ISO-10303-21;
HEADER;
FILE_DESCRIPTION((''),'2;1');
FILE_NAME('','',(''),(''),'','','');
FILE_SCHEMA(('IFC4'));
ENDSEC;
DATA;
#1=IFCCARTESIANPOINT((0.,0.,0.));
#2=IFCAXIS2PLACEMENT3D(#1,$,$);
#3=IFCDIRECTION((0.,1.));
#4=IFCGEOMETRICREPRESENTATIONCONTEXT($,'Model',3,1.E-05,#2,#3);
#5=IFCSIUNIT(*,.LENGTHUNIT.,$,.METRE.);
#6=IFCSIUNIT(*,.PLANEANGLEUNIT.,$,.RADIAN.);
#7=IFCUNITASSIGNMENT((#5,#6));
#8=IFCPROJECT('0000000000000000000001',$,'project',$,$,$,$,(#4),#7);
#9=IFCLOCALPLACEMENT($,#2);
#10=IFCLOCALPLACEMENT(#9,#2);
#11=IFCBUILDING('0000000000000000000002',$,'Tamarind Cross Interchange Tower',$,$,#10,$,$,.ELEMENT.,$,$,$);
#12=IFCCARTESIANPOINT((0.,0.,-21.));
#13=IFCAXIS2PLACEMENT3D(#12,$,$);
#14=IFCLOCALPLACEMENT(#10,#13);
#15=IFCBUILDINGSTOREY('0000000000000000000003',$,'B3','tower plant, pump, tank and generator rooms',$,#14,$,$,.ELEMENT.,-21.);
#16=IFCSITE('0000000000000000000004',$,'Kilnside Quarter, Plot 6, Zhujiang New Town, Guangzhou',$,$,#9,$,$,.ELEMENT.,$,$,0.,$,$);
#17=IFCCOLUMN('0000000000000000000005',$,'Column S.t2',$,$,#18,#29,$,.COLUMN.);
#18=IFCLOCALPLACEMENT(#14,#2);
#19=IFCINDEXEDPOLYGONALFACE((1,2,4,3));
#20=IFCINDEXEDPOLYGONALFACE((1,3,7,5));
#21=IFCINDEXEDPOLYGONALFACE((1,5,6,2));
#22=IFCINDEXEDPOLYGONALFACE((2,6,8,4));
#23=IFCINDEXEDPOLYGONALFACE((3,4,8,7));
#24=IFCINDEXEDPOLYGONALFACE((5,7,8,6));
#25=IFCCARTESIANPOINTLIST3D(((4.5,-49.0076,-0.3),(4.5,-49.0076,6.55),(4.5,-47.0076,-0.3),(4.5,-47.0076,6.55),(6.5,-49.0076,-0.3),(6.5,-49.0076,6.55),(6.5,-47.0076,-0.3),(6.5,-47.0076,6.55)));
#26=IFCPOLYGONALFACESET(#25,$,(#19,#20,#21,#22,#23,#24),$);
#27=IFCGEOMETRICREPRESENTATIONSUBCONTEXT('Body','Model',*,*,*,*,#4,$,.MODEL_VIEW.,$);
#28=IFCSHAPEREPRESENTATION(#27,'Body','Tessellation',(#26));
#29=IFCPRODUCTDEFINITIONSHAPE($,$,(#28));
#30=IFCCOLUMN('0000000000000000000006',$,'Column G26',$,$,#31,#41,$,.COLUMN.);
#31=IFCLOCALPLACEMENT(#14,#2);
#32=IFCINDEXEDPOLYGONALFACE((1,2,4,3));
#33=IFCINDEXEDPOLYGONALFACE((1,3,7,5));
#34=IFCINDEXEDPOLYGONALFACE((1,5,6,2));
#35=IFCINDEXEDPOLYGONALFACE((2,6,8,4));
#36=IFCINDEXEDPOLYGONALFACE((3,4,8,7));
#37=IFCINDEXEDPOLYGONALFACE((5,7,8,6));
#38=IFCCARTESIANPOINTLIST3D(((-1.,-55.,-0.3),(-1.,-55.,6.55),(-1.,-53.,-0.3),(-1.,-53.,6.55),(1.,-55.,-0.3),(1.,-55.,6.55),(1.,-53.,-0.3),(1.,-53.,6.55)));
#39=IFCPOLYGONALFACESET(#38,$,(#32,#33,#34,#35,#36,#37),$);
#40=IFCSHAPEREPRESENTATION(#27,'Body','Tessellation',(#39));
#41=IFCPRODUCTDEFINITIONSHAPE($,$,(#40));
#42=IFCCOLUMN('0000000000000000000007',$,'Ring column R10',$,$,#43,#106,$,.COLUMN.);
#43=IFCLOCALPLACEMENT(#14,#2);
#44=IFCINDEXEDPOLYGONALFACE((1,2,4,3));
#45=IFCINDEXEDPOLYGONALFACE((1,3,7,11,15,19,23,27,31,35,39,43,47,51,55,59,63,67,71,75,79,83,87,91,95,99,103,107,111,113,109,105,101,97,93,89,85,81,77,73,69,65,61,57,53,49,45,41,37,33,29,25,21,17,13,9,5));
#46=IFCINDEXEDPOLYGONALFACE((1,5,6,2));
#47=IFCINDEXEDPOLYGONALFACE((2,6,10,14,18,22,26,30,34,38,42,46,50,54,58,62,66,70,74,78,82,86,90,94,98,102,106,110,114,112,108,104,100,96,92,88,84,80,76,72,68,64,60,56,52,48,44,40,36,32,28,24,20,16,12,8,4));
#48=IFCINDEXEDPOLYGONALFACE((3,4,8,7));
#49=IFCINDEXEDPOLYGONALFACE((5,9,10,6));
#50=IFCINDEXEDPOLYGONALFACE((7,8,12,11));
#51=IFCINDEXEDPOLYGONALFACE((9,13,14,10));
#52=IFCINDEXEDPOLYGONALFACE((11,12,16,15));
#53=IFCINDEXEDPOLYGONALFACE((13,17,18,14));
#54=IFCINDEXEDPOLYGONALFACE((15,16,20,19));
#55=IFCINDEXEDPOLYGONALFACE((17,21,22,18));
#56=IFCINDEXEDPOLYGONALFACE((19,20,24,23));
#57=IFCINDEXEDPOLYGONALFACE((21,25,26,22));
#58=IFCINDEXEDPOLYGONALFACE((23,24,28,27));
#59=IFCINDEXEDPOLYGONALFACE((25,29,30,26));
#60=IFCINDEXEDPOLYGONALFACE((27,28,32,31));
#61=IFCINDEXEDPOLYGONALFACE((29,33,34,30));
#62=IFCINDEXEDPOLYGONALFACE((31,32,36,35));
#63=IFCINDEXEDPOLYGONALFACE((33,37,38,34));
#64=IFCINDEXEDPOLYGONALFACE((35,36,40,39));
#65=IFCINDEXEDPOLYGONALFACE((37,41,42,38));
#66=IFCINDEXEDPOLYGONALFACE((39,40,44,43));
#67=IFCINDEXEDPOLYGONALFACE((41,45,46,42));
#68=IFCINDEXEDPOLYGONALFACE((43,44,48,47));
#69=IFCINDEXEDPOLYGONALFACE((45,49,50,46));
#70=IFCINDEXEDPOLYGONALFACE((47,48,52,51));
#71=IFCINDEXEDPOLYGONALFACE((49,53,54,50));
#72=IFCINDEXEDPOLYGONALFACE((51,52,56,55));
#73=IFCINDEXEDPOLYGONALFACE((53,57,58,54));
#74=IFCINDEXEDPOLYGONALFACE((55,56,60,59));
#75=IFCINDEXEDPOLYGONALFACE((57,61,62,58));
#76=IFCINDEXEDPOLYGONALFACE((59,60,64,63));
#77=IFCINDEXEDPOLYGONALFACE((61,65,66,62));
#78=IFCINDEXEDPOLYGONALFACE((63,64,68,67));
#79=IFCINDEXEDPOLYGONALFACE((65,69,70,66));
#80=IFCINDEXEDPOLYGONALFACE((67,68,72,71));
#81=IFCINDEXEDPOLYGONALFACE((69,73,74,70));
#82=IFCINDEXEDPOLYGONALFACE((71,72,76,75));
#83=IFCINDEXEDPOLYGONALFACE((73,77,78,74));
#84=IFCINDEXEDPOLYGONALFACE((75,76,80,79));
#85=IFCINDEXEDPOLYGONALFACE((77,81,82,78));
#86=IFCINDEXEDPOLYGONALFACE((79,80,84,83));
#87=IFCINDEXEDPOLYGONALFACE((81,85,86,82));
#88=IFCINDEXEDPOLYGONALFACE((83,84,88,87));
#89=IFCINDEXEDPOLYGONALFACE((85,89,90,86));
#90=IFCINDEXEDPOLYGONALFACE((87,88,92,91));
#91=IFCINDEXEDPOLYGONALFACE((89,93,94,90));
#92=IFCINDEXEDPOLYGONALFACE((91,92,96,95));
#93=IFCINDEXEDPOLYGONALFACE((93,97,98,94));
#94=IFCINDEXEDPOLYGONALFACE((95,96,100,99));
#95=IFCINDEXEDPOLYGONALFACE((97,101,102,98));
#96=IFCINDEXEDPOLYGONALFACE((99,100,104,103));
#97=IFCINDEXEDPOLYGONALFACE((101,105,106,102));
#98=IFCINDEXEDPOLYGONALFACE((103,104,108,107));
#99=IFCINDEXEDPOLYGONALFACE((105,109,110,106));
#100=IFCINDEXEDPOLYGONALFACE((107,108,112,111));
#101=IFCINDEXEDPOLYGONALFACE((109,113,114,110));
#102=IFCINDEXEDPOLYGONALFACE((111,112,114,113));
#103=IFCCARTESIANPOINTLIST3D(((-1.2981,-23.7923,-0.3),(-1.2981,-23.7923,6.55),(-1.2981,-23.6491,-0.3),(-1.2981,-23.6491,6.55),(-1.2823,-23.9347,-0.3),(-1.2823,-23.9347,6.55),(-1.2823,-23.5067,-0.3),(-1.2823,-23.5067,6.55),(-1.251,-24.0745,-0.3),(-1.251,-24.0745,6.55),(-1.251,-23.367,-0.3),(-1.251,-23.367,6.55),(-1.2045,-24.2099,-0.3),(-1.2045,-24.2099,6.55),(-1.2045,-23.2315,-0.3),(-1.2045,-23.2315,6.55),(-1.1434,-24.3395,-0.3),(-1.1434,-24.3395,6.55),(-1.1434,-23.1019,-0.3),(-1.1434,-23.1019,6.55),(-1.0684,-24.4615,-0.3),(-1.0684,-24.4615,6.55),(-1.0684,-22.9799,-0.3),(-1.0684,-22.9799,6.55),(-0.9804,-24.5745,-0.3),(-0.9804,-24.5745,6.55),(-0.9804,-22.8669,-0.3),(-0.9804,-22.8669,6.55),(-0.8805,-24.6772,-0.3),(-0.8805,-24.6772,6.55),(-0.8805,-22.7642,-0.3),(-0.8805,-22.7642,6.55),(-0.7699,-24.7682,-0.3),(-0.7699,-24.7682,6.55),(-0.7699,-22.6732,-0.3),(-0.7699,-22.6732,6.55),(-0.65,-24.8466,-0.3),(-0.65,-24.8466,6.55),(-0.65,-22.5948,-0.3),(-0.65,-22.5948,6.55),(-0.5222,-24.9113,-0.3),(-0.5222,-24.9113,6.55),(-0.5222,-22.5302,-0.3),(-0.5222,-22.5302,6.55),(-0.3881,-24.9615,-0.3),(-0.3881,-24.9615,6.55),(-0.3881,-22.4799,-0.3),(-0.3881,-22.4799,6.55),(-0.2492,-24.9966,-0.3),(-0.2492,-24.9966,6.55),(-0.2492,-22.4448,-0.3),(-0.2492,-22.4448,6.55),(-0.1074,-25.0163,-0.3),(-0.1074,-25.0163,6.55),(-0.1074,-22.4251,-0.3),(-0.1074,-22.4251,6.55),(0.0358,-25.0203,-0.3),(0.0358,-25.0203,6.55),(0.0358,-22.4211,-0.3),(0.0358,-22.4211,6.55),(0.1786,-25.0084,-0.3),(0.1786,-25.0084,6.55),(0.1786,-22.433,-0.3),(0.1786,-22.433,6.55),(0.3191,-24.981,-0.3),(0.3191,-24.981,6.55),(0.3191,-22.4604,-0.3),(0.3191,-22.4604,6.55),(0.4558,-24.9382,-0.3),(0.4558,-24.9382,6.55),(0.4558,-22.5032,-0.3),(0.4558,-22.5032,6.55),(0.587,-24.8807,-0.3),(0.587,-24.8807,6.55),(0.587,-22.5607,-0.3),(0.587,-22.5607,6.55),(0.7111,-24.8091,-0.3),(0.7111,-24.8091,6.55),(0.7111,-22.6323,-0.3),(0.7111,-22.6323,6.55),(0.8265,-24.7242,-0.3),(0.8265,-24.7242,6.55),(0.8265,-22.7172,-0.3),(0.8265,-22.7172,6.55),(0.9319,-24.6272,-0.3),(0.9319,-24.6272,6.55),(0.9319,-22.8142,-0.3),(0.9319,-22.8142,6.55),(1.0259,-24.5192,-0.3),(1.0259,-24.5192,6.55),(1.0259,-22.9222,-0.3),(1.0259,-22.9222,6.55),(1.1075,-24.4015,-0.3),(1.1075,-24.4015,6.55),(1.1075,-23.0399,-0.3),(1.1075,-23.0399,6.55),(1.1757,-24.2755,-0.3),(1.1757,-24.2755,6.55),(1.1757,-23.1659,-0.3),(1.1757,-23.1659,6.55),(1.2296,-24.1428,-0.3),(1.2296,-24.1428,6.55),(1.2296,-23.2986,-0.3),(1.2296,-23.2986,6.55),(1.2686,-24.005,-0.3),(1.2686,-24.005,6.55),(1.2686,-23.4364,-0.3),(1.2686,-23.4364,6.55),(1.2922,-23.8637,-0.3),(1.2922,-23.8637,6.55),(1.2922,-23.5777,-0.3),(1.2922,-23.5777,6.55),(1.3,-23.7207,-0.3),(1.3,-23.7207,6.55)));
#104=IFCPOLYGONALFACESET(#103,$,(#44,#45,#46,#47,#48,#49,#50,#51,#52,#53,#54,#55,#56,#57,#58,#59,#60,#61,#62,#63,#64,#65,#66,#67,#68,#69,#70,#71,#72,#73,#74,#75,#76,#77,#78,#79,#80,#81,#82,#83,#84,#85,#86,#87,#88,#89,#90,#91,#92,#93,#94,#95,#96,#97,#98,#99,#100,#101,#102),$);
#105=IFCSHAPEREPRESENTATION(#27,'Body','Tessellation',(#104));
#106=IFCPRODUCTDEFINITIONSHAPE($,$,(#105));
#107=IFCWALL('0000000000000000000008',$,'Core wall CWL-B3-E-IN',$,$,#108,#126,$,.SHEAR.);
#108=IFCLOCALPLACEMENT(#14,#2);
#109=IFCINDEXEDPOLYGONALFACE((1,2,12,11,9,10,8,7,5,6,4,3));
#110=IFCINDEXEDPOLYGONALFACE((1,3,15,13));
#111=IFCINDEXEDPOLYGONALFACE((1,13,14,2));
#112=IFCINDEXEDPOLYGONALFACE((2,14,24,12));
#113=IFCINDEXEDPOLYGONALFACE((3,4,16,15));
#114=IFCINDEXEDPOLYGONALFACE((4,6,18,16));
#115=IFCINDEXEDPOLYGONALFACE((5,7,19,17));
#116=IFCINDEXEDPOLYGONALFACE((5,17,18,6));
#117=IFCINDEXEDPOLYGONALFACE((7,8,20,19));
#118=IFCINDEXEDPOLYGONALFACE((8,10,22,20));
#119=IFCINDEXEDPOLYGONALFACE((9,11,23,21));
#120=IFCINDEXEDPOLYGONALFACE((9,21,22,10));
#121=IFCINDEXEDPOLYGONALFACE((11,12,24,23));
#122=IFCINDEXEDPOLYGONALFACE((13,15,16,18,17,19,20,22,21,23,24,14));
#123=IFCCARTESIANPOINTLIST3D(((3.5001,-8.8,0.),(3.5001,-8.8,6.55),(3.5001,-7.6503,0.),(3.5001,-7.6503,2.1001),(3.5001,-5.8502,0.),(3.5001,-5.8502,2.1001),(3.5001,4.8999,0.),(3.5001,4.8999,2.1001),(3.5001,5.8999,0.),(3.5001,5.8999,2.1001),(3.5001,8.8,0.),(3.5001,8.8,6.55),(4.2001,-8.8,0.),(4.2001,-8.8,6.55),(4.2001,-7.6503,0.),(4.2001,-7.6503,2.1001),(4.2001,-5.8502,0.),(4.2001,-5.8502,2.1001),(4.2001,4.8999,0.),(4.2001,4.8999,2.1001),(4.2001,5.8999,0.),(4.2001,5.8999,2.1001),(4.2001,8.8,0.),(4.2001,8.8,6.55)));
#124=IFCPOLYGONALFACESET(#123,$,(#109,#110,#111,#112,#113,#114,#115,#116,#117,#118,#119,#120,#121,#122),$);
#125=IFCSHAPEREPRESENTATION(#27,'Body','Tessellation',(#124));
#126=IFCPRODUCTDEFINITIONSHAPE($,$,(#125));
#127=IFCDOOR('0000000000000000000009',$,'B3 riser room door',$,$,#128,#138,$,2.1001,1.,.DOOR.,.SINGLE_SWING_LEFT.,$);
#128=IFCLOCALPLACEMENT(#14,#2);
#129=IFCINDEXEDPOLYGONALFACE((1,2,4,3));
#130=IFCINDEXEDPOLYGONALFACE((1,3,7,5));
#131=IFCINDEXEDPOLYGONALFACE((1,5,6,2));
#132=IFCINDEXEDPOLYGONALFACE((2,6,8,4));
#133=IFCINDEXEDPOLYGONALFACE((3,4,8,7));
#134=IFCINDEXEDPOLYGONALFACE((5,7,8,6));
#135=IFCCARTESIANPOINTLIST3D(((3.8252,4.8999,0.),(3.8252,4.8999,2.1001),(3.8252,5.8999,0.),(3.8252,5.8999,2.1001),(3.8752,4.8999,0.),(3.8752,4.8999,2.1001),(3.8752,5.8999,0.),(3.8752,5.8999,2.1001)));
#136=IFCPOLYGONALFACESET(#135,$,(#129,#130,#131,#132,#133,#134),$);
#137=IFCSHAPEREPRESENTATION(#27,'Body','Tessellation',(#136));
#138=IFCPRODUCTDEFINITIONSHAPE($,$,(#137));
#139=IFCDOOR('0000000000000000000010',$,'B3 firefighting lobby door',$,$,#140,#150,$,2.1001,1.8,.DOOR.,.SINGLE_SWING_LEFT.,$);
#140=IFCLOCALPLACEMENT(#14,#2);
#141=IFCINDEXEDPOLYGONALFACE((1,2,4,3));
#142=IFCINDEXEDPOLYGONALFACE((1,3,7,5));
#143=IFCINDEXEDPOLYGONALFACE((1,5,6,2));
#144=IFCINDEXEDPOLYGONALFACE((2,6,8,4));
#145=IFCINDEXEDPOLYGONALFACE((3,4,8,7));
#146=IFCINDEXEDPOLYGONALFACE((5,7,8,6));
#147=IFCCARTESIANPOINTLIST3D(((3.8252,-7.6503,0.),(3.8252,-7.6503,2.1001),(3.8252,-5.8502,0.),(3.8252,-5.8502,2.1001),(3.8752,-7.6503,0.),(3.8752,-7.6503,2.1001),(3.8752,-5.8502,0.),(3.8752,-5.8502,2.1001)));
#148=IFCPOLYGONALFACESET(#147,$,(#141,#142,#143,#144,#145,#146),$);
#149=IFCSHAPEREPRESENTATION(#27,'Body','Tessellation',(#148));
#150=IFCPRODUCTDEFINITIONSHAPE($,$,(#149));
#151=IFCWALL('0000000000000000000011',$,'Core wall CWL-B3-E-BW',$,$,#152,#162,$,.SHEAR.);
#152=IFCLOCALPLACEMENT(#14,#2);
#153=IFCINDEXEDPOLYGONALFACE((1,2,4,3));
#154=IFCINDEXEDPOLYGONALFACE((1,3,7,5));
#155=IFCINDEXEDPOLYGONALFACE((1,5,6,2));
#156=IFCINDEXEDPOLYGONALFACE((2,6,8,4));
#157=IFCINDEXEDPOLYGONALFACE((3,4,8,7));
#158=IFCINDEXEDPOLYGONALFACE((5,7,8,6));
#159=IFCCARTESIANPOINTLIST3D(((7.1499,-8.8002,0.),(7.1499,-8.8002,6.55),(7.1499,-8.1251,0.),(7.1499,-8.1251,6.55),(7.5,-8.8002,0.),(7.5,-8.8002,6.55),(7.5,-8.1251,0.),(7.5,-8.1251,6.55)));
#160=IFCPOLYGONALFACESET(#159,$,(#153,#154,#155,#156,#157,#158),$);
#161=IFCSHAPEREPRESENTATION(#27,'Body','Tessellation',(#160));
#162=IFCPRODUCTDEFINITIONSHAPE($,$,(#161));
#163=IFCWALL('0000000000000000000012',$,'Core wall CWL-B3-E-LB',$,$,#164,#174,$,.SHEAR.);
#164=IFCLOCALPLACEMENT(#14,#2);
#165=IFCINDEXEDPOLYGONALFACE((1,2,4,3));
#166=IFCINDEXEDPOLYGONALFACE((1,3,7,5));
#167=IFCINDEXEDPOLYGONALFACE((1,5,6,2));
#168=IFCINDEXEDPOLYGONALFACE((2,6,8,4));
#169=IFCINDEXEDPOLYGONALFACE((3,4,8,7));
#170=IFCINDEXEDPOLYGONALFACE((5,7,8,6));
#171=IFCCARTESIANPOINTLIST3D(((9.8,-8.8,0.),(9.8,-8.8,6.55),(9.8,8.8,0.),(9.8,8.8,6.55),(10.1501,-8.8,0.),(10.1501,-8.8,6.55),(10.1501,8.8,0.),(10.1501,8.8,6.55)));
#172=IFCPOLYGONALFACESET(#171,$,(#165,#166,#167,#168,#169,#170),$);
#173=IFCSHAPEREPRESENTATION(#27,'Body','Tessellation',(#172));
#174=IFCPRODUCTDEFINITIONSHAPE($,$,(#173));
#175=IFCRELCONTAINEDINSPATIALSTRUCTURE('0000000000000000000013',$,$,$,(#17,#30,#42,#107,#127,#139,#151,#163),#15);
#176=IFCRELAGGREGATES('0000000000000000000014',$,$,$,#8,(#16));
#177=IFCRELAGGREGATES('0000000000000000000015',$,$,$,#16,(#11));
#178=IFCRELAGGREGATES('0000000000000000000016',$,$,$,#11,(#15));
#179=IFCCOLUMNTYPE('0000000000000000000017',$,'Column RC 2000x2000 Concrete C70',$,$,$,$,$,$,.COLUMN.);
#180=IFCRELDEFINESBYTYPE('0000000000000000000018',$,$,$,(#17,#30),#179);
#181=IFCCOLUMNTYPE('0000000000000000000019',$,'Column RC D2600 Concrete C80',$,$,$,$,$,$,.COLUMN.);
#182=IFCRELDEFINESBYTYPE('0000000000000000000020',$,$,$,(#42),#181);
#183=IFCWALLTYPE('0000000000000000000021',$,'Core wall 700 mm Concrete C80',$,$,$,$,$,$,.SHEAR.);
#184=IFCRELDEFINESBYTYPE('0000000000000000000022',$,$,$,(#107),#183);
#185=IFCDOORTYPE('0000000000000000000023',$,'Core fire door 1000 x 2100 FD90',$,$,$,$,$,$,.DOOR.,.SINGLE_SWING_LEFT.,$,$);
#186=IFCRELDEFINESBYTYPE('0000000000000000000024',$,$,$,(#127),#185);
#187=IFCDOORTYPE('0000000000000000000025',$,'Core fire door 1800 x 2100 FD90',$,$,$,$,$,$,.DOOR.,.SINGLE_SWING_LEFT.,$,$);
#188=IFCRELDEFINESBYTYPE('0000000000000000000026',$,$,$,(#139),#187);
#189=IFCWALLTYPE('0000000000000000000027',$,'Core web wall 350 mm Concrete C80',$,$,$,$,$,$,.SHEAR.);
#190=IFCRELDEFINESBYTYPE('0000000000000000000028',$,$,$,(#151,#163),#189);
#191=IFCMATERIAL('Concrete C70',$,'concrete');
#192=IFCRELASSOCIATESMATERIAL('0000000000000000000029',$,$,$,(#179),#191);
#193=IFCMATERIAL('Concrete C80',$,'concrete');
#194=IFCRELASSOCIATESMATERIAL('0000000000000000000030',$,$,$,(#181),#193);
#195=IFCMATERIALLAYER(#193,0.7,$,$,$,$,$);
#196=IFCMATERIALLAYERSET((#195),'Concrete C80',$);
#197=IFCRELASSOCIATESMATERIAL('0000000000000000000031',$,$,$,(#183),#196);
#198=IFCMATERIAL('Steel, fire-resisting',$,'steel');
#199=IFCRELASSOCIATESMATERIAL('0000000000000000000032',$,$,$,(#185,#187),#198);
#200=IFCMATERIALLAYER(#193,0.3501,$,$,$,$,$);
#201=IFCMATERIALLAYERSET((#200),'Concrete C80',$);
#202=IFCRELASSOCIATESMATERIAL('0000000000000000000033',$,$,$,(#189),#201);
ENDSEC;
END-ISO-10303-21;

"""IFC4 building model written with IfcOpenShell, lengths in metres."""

from ifc_helpers import new_model, si_unit, direction, frame, frame_2d, origin, origin_2d, place, context, subcontext, project, spatial, rectangle, circle, extrude, material, layer, layer_set, material_profile, profile_set, type_object, element, fill, save


model = new_model("IFC4")

# Units and contexts
model_context = context("Model", 3, precision=1e-05, world=origin(), true_north=direction((0.0, 1.0)))
body_context = subcontext(model_context, "Body", "Model", "MODEL_VIEW")
ifc_project = project(units=[si_unit("LENGTHUNIT", "METRE"), si_unit("PLANEANGLEUNIT", "RADIAN")], contexts=[model_context])

# Site, building, storey
site_placement = place(None, origin())
site = spatial("IfcSite", under=ifc_project, at=site_placement, Name="Kilnside Quarter, Plot 6, Zhujiang New Town, Guangzhou", CompositionType="ELEMENT", RefElevation=0.0)
building_placement = place(site_placement, origin())
building = spatial("IfcBuilding", under=site, at=building_placement, Name="Tamarind Cross Interchange Tower", CompositionType="ELEMENT")
storey_placement = place(building_placement, frame((0.0, 0.0, -21.0)))
storey = spatial("IfcBuildingStorey", under=building, at=storey_placement, Name="B3", Description="tower plant, pump, tank and generator rooms", CompositionType="ELEMENT", Elevation=-21.0)

# Columns
ifc_material_1 = material(Name="Concrete C70", Category="concrete")
ifc_material_profile_1 = material_profile(ifc_material_1, rectangle(XDim=2.0, YDim=2.0, at=origin_2d()), Name="RC 2000x2000")
ifc_profile_set_1 = profile_set([ifc_material_profile_1], Name="Concrete C70")
column_type_1 = type_object("IfcColumnType", Name="Column RC 2000x2000 Concrete C70", PredefinedType="COLUMN", material=ifc_profile_set_1)
for number, where, z_axis, x_axis, name in (
    (1, (5.5, -48.0076, -0.3), (0.0, 0.0, 1.0), (1.0, 0.0, 0.0), "Column S.t2"),
    (2, (0.0, -54.0, -0.3), (0.0, 0.0, 1.0), (1.0, 0.0, 0.0), "Column G26"),
):
    element("IfcColumn", number, at=place(storey_placement, frame(where, z_axis=z_axis, x_axis=x_axis)), inside=storey, type_object=column_type_1, Name=name, PredefinedType="COLUMN", context=body_context, shape_type="SweptSolid", body=[
        extrude(rectangle(XDim=2.0, YDim=2.0, at=origin_2d()), origin(), (0.0, 0.0, 1.0), 6.8501),
    ])
ifc_material_2 = material(Name="Concrete C80", Category="concrete")
ifc_material_profile_2 = material_profile(ifc_material_2, circle(Radius=1.3, at=origin_2d()), Name="RC D2600")
ifc_profile_set_2 = profile_set([ifc_material_profile_2], Name="Concrete C80")
column_type_2 = type_object("IfcColumnType", Name="Column RC D2600 Concrete C80", PredefinedType="COLUMN", material=ifc_profile_set_2)
column_placement = place(storey_placement, frame((0.0, -23.7207, -0.3), z_axis=(0.0, 0.0, 1.0), x_axis=(1.0, 0.0, 0.0)))
element("IfcColumn", 3, at=column_placement, inside=storey, type_object=column_type_2, Name="Ring column R10", PredefinedType="COLUMN", context=body_context, shape_type="SweptSolid", body=[
    extrude(circle(Radius=1.3, at=origin_2d()), origin(), (0.0, 0.0, 1.0), 6.8501),
])

# Wall, openings, doors
ifc_layer_1 = layer(ifc_material_2, 0.7)
ifc_layer_set_1 = layer_set([ifc_layer_1], Name="Concrete C80")
wall_type_1 = type_object("IfcWallType", Name="Core wall 700 mm Concrete C80", PredefinedType="SHEAR", material=ifc_layer_set_1)
wall_1_placement = place(storey_placement, frame((3.8501, -8.8, 0.0), z_axis=(0.0, 0.0, 1.0), x_axis=(0.0, 1.0, 0.0)))
wall_1 = element("IfcWall", 4, at=wall_1_placement, inside=storey, type_object=wall_type_1, Name="Core wall CWL-B3-E-IN", PredefinedType="SHEAR", context=body_context, shape_type="SweptSolid", body=[
    extrude(rectangle(XDim=17.6001, YDim=0.7, at=frame_2d((8.8, 0.0))), origin(), (0.0, 0.0, 1.0), 6.55),
])
opening_1_placement = place(wall_1_placement, frame((1.1499, 0.0, 0.0)))
opening_1 = element("IfcOpeningElement", 5, at=opening_1_placement, cuts=wall_1, PredefinedType="OPENING", context=body_context, shape_type="SweptSolid", body=[
    extrude(rectangle(XDim=1.8, YDim=2.1001, at=frame_2d((0.8999, 1.05))), frame((0.0, 0.3599, 0.0), z_axis=(0.0, -1.0, 0.0), x_axis=(1.0, 0.0, 0.0)), (0.0, 0.0, 1.0), 0.72),
])
opening_2_placement = place(wall_1_placement, frame((13.7, 0.0, 0.0)))
opening_2 = element("IfcOpeningElement", 6, at=opening_2_placement, cuts=wall_1, PredefinedType="OPENING", context=body_context, shape_type="SweptSolid", body=[
    extrude(rectangle(XDim=1.0, YDim=2.1001, at=frame_2d((0.5, 1.05))), frame((0.0, 0.3599, 0.0), z_axis=(0.0, -1.0, 0.0), x_axis=(1.0, 0.0, 0.0)), (0.0, 0.0, 1.0), 0.72),
])
ifc_material_3 = material(Name="Steel, fire-resisting", Category="steel")
door_type_1 = type_object("IfcDoorType", Name="Core fire door 1000 x 2100 FD90", OperationType="SINGLE_SWING_LEFT", PredefinedType="DOOR", material=ifc_material_3)
door_1_placement = place(opening_2_placement, origin())
door_1 = element("IfcDoor", 7, at=door_1_placement, inside=storey, type_object=door_type_1, Name="B3 riser room door", OperationType="SINGLE_SWING_LEFT", OverallHeight=2.1001, OverallWidth=1.0, PredefinedType="DOOR", context=body_context, shape_type="SweptSolid", body=[
    extrude(rectangle(XDim=1.0, YDim=2.1001, at=frame_2d((0.5, 1.05))), frame((0.0, 0.0249, 0.0), z_axis=(0.0, -1.0, 0.0), x_axis=(1.0, 0.0, 0.0)), (0.0, 0.0, 1.0), 0.05),
])
fill(opening_2, door_1)
door_type_2 = type_object("IfcDoorType", Name="Core fire door 1800 x 2100 FD90", OperationType="SINGLE_SWING_LEFT", PredefinedType="DOOR", material=ifc_material_3)
door_2_placement = place(opening_1_placement, origin())
door_2 = element("IfcDoor", 8, at=door_2_placement, inside=storey, type_object=door_type_2, Name="B3 firefighting lobby door", OperationType="SINGLE_SWING_LEFT", OverallHeight=2.1001, OverallWidth=1.8, PredefinedType="DOOR", context=body_context, shape_type="SweptSolid", body=[
    extrude(rectangle(XDim=1.8, YDim=2.1001, at=frame_2d((0.8999, 1.05))), frame((0.0, 0.0249, 0.0), z_axis=(0.0, -1.0, 0.0), x_axis=(1.0, 0.0, 0.0)), (0.0, 0.0, 1.0), 0.05),
])
fill(opening_1, door_2)

# Walls
ifc_layer_2 = layer(ifc_material_2, 0.3501)
ifc_layer_set_2 = layer_set([ifc_layer_2], Name="Concrete C80")
wall_type_2 = type_object("IfcWallType", Name="Core web wall 350 mm Concrete C80", PredefinedType="SHEAR", material=ifc_layer_set_2)
wall_2_placement = place(storey_placement, frame((7.325, -8.8, 0.0), z_axis=(0.0, 0.0, 1.0), x_axis=(0.0, 1.0, 0.0)))
element("IfcWall", 9, at=wall_2_placement, inside=storey, type_object=wall_type_2, Name="Core wall CWL-B3-E-BW", PredefinedType="SHEAR", context=body_context, shape_type="SweptSolid", body=[
    extrude(rectangle(XDim=0.675, YDim=0.3501, at=frame_2d((0.3374, 0.0))), origin(), (0.0, 0.0, 1.0), 6.55),
])
wall_3_placement = place(storey_placement, frame((9.9751, -8.8, 0.0), z_axis=(0.0, 0.0, 1.0), x_axis=(0.0, 1.0, 0.0)))
element("IfcWall", 10, at=wall_3_placement, inside=storey, type_object=wall_type_2, Name="Core wall CWL-B3-E-LB", PredefinedType="SHEAR", context=body_context, shape_type="SweptSolid", body=[
    extrude(rectangle(XDim=17.6001, YDim=0.3501, at=frame_2d((8.8, 0.0))), origin(), (0.0, 0.0, 1.0), 6.55),
])

save(model, "model.ifc")
